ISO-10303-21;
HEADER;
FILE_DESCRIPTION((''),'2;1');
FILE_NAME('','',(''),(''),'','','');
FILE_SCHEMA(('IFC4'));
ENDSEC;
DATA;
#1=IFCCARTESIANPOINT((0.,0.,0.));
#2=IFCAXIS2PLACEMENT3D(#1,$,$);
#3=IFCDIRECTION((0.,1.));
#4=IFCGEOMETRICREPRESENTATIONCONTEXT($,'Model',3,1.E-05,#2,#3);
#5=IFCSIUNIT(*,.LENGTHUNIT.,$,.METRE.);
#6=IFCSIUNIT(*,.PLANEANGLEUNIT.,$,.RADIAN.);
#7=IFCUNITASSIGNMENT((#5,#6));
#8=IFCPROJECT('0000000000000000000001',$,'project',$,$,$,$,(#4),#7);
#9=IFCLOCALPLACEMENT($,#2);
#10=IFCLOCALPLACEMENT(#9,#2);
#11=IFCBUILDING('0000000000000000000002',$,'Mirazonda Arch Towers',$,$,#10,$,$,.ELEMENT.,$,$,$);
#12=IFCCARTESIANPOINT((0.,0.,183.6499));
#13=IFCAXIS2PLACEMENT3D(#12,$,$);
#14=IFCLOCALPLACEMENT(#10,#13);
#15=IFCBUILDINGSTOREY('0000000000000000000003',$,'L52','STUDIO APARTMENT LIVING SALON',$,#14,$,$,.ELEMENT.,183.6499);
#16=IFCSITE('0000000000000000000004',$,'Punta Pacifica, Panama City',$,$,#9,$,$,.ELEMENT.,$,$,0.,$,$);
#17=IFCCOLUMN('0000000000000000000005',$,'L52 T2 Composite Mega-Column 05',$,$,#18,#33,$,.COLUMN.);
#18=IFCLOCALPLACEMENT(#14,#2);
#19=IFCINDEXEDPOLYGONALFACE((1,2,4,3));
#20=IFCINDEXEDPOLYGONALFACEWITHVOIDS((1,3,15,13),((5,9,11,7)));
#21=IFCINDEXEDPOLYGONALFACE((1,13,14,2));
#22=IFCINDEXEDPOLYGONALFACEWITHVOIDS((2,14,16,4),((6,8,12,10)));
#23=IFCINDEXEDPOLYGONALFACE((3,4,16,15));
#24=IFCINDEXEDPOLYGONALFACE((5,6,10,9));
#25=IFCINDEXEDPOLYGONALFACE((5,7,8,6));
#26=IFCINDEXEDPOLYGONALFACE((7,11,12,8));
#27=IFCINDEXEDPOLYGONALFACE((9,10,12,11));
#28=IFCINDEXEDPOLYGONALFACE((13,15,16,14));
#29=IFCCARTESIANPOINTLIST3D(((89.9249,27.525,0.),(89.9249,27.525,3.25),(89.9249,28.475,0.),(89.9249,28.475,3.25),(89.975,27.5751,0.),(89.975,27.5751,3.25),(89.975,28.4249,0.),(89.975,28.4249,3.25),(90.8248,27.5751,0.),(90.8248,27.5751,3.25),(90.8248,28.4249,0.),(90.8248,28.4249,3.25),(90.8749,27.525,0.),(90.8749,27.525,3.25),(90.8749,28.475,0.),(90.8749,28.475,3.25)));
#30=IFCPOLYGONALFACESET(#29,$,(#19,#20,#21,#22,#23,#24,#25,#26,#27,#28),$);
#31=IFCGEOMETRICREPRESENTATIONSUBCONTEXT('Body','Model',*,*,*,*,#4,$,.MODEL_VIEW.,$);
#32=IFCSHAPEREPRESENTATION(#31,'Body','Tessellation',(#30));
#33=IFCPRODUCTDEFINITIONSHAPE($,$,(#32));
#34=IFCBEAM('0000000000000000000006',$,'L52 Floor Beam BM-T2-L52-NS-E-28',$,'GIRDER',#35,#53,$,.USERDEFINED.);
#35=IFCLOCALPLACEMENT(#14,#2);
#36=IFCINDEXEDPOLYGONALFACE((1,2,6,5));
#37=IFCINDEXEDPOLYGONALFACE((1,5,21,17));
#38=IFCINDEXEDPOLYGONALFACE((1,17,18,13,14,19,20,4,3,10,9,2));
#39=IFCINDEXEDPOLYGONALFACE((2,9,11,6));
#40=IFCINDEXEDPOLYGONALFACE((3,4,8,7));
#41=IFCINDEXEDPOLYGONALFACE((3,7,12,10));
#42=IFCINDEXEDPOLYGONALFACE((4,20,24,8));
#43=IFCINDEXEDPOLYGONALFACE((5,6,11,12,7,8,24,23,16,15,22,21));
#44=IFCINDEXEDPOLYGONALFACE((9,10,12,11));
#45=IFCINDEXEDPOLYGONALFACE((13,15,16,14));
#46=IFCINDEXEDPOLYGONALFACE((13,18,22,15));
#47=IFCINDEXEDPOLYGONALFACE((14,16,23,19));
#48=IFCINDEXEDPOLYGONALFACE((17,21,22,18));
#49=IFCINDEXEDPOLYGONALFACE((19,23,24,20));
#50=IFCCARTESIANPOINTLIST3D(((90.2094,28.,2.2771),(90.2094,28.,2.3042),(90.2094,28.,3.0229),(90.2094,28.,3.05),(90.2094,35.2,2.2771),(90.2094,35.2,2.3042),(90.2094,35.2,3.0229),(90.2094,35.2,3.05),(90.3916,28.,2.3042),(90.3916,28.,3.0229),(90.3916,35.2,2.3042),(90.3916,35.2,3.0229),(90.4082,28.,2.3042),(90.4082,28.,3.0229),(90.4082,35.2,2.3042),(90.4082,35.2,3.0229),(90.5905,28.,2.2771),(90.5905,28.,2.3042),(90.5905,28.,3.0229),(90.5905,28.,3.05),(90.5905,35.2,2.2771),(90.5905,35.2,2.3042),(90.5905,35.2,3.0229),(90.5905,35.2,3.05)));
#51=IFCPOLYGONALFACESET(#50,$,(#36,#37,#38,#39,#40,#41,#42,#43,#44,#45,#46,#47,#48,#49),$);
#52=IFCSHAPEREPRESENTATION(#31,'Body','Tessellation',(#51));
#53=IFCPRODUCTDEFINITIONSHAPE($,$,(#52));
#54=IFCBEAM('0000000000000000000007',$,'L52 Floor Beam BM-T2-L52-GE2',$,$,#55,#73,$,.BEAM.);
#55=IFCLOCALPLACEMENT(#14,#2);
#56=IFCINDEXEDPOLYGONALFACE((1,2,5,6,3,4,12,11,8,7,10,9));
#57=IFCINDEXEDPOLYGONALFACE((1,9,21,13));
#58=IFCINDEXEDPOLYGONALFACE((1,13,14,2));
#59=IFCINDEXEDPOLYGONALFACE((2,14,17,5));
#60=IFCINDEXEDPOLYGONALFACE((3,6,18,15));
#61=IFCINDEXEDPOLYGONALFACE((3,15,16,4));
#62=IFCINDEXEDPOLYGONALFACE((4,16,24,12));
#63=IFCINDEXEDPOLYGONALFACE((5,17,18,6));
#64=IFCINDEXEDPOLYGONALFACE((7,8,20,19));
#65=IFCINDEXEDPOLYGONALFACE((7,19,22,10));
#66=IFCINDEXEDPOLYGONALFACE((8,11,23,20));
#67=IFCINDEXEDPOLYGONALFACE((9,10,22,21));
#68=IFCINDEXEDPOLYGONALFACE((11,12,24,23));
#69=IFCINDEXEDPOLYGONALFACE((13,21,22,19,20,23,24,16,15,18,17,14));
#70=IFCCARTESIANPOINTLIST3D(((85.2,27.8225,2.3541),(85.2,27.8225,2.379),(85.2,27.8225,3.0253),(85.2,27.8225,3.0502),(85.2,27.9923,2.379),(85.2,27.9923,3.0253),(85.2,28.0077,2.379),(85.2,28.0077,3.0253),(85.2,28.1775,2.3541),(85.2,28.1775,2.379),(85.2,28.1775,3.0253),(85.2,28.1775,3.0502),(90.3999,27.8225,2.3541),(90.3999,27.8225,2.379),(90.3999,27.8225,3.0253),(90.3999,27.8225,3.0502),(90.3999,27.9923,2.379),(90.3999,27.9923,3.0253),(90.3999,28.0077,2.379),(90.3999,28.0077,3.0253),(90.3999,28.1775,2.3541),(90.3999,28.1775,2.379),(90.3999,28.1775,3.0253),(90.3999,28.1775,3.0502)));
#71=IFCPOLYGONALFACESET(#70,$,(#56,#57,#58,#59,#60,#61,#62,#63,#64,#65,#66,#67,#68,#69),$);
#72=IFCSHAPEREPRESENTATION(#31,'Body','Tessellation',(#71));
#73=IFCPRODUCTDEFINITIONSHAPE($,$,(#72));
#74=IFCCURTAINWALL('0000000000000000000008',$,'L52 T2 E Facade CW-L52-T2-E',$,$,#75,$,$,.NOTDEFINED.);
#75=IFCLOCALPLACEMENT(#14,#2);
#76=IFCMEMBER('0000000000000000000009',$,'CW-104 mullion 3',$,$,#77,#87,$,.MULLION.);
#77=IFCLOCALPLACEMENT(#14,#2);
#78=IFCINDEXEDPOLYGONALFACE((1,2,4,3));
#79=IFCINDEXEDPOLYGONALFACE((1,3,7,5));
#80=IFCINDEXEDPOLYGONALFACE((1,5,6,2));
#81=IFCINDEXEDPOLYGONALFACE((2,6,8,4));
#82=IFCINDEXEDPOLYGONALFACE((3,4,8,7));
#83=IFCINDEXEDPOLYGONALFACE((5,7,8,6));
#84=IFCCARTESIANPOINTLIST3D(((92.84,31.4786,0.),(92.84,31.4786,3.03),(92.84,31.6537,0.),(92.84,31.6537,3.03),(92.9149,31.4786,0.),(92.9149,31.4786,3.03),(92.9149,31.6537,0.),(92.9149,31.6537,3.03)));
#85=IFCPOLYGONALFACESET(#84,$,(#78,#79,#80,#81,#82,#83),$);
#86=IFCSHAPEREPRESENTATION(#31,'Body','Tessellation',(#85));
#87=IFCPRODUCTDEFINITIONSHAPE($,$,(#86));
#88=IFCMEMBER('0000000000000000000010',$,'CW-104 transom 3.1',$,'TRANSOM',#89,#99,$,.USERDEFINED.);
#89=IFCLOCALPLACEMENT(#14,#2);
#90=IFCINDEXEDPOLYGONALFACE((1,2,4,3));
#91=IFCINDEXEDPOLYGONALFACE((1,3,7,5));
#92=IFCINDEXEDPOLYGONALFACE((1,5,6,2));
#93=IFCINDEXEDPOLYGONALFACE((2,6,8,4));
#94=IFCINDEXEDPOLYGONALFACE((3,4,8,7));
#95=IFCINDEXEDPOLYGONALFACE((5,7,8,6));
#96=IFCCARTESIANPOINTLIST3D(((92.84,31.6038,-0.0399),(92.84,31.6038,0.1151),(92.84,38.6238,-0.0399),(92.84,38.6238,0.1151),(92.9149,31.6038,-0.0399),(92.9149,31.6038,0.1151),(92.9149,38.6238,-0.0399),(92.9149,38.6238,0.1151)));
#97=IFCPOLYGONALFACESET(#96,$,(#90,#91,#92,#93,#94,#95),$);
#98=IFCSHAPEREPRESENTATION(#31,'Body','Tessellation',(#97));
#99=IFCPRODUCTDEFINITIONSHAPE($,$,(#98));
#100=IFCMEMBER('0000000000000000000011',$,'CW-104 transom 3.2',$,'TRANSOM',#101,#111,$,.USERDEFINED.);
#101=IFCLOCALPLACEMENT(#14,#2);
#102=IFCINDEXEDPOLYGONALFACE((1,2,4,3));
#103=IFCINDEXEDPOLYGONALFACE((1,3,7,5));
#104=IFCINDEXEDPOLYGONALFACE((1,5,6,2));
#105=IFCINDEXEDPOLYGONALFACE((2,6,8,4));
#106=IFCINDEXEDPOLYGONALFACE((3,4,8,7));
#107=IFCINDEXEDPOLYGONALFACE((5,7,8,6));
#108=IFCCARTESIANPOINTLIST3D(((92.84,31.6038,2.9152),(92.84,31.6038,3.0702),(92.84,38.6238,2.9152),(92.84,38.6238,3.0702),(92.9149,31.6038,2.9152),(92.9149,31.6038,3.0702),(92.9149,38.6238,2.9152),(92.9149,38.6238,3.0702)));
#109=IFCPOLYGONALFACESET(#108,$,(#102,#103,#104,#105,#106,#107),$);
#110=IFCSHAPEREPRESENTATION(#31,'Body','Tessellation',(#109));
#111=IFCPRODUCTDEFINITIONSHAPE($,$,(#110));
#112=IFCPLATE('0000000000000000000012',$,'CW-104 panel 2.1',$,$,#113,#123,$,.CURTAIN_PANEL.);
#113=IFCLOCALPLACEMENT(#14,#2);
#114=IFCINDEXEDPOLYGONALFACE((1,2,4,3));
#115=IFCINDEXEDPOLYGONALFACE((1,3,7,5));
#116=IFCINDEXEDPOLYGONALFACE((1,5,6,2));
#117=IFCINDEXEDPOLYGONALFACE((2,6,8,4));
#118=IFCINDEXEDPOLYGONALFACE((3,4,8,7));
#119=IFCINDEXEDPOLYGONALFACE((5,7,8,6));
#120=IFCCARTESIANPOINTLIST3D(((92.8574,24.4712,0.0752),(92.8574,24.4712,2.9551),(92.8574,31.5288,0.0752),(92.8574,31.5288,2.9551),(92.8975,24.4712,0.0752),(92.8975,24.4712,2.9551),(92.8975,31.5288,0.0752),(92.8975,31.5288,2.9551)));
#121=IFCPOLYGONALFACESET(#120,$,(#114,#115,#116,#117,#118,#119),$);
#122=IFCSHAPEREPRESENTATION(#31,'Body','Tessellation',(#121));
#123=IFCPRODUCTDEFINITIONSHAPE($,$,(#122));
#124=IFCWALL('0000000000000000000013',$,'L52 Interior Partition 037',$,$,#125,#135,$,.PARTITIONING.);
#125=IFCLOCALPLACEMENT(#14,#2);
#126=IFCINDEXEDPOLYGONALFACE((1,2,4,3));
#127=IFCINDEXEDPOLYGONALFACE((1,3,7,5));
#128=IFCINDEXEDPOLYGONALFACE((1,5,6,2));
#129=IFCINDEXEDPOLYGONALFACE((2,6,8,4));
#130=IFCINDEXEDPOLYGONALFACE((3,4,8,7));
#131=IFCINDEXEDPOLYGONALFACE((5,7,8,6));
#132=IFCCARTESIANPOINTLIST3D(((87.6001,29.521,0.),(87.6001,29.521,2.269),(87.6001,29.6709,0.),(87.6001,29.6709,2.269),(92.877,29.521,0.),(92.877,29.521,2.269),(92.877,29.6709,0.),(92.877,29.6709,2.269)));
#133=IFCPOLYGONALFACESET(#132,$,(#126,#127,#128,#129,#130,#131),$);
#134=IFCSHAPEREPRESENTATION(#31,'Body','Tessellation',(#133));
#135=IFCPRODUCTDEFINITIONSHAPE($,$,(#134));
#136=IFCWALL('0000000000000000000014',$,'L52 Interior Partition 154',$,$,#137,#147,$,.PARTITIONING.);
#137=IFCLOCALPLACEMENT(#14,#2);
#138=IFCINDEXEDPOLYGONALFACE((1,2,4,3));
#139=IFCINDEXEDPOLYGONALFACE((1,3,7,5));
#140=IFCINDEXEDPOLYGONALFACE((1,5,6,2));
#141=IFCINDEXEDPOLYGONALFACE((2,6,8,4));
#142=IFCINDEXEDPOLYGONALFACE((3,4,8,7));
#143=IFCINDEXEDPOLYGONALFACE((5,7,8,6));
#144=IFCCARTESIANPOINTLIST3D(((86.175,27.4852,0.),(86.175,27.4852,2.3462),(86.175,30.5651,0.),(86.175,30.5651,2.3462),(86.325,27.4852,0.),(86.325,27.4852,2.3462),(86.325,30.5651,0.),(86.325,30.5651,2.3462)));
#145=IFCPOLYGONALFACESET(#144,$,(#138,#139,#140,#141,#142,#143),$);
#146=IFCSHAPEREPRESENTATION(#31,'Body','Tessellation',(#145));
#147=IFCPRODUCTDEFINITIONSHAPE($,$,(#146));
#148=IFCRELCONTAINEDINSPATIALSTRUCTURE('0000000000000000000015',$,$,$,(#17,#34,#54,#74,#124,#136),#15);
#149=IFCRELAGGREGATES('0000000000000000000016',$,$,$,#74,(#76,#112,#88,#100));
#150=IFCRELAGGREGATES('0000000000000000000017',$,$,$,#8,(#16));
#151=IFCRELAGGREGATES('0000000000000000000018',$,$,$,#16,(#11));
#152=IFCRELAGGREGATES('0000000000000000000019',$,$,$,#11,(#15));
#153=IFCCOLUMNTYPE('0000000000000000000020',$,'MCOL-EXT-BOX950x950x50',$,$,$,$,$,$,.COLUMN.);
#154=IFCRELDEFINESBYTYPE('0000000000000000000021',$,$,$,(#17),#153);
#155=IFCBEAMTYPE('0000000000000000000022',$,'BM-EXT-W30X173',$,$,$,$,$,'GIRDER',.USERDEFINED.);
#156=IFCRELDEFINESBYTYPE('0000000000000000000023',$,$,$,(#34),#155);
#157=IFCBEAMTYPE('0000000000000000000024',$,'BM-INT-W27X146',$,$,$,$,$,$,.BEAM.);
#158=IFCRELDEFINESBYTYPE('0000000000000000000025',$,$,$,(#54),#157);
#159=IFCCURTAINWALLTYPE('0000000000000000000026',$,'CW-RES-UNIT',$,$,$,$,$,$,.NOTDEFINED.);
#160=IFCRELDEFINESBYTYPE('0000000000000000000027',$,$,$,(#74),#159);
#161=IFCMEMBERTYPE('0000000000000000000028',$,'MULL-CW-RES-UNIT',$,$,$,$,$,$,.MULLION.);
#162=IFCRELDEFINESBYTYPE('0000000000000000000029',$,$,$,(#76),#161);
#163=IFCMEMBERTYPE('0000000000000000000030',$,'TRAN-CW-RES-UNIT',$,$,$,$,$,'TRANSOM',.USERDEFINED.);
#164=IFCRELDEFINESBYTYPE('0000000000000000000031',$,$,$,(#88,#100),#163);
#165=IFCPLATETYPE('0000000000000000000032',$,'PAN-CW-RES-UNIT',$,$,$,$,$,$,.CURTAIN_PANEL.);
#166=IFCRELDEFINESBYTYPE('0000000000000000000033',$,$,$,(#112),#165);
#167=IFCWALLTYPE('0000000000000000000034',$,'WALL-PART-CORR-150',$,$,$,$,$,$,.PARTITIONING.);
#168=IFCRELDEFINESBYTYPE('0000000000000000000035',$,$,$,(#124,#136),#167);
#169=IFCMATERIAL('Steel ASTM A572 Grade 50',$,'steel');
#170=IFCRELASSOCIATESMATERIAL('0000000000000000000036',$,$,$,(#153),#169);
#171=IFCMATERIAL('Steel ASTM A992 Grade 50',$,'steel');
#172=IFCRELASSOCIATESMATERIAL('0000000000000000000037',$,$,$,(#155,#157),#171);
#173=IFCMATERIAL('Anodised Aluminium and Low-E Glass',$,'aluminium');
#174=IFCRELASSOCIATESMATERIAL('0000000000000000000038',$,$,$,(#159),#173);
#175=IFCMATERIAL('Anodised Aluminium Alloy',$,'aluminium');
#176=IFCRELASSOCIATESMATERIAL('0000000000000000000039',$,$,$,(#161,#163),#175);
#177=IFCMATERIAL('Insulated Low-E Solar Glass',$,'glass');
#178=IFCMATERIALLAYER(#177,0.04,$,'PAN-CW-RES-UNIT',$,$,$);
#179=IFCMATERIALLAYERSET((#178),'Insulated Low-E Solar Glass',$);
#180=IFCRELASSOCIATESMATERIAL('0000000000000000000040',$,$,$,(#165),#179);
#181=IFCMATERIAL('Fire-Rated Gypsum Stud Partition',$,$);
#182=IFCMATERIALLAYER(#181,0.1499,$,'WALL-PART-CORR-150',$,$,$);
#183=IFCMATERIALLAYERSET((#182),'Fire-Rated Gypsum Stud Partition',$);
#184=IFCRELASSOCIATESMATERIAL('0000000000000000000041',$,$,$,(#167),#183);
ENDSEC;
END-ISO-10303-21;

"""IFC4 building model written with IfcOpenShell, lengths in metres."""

from ifc_helpers import new_model, si_unit, direction, frame, frame_2d, origin, origin_2d, place, context, subcontext, project, spatial, rectangle, hollow_rectangle, i_section, extrude, material, layer, layer_set, material_profile, profile_set, type_object, element, aggregate, save


model = new_model("IFC4")

# Units and contexts
model_context = context("Model", 3, precision=1e-05, world=origin(), true_north=direction((0.0, 1.0)))
body_context = subcontext(model_context, "Body", "Model", "MODEL_VIEW")
ifc_project = project(units=[si_unit("LENGTHUNIT", "METRE"), si_unit("PLANEANGLEUNIT", "RADIAN")], contexts=[model_context])

# Site, building, storey
site_placement = place(None, origin())
site = spatial("IfcSite", under=ifc_project, at=site_placement, Name="Punta Pacifica, Panama City", CompositionType="ELEMENT", RefElevation=0.0)
building_placement = place(site_placement, origin())
building = spatial("IfcBuilding", under=site, at=building_placement, Name="Mirazonda Arch Towers", CompositionType="ELEMENT")
storey_placement = place(building_placement, frame((0.0, 0.0, 183.6499)))
storey = spatial("IfcBuildingStorey", under=building, at=storey_placement, Name="L52", Description="STUDIO APARTMENT LIVING SALON", CompositionType="ELEMENT", Elevation=183.6499)

# Column
ifc_material_1 = material(Name="Steel ASTM A572 Grade 50", Category="steel")
ifc_material_profile_1 = material_profile(ifc_material_1, hollow_rectangle(XDim=0.95, YDim=0.95, WallThickness=0.05, at=origin_2d()), Name="BOX950x950x50")
ifc_profile_set_1 = profile_set([ifc_material_profile_1], Name="Steel ASTM A572 Grade 50")
column_type = type_object("IfcColumnType", Name="MCOL-EXT-BOX950x950x50", PredefinedType="COLUMN", material=ifc_profile_set_1)
column_placement = place(storey_placement, frame((90.3999, 28.0, 0.0), z_axis=(0.0, 0.0, 1.0), x_axis=(1.0, 0.0, 0.0)))
element("IfcColumn", 1, at=column_placement, inside=storey, type_object=column_type, Name="L52 T2 Composite Mega-Column 05", PredefinedType="COLUMN", context=body_context, shape_type="SweptSolid", body=[
    extrude(hollow_rectangle(XDim=0.95, YDim=0.95, WallThickness=0.05, at=origin_2d()), origin(), (0.0, 0.0, 1.0), 3.25),
])

# Beams
ifc_material_2 = material(Name="Steel ASTM A992 Grade 50", Category="steel")
ifc_material_profile_2 = material_profile(ifc_material_2, i_section(OverallWidth=0.3811, OverallDepth=0.7729, WebThickness=0.0166, FlangeThickness=0.0271, at=origin_2d()), Name="W30X173")
ifc_profile_set_2 = profile_set([ifc_material_profile_2], Name="Steel ASTM A992 Grade 50")
beam_type_1 = type_object("IfcBeamType", Name="BM-EXT-W30X173", ElementType="GIRDER", PredefinedType="USERDEFINED", material=ifc_profile_set_2)
beam_1_placement = place(storey_placement, frame((90.3999, 28.0, 2.6636), z_axis=(0.0, 1.0, 0.0), x_axis=(-1.0, 0.0, 0.0)))
element("IfcBeam", 2, at=beam_1_placement, inside=storey, type_object=beam_type_1, Name="L52 Floor Beam BM-T2-L52-NS-E-28", ObjectType="GIRDER", PredefinedType="USERDEFINED", context=body_context, shape_type="SweptSolid", body=[
    extrude(i_section(OverallWidth=0.3811, OverallDepth=0.7729, WebThickness=0.0166, FlangeThickness=0.0271, at=origin_2d()), origin(), (0.0, 0.0, 1.0), 7.2),
])
ifc_material_profile_3 = material_profile(ifc_material_2, i_section(OverallWidth=0.355, OverallDepth=0.696, WebThickness=0.0154, FlangeThickness=0.0249, at=origin_2d()), Name="W27X146")
ifc_profile_set_3 = profile_set([ifc_material_profile_3], Name="Steel ASTM A992 Grade 50")
beam_type_2 = type_object("IfcBeamType", Name="BM-INT-W27X146", PredefinedType="BEAM", material=ifc_profile_set_3)
beam_2_placement = place(storey_placement, frame((85.2, 28.0, 2.7021), z_axis=(1.0, 0.0, 0.0), x_axis=(0.0, 1.0, 0.0)))
element("IfcBeam", 3, at=beam_2_placement, inside=storey, type_object=beam_type_2, Name="L52 Floor Beam BM-T2-L52-GE2", PredefinedType="BEAM", context=body_context, shape_type="SweptSolid", body=[
    extrude(i_section(OverallWidth=0.355, OverallDepth=0.696, WebThickness=0.0154, FlangeThickness=0.0249, at=origin_2d()), origin(), (0.0, 0.0, 1.0), 5.2),
])

# Curtain wall, members, plate
ifc_material_3 = material(Name="Anodised Aluminium and Low-E Glass", Category="aluminium")
curtain_wall_type = type_object("IfcCurtainWallType", Name="CW-RES-UNIT", PredefinedType="NOTDEFINED", material=ifc_material_3)
curtain_wall_placement = place(storey_placement, origin())
curtain_wall = element("IfcCurtainWall", 4, at=curtain_wall_placement, inside=storey, type_object=curtain_wall_type, Name="L52 T2 E Facade CW-L52-T2-E", PredefinedType="NOTDEFINED")
ifc_material_4 = material(Name="Anodised Aluminium Alloy", Category="aluminium")
ifc_material_profile_4 = material_profile(ifc_material_4, rectangle(XDim=0.075, YDim=0.175, at=origin_2d()), Name="ALU-MULL-75x175")
ifc_profile_set_4 = profile_set([ifc_material_profile_4], Name="Anodised Aluminium Alloy")
member_type_1 = type_object("IfcMemberType", Name="MULL-CW-RES-UNIT", PredefinedType="MULLION", material=ifc_profile_set_4)
member_1_placement = place(storey_placement, frame((92.8774, 31.5662, 0.0), z_axis=(0.0, 0.0, 1.0), x_axis=(-1.0, 0.0, 0.0)))
member_1 = element("IfcMember", 5, at=member_1_placement, type_object=member_type_1, Name="CW-104 mullion 3", PredefinedType="MULLION", context=body_context, shape_type="SweptSolid", body=[
    extrude(rectangle(XDim=0.075, YDim=0.175, at=origin_2d()), origin(), (0.0, 0.0, 1.0), 3.03),
])
ifc_material_profile_5 = material_profile(ifc_material_4, rectangle(XDim=0.075, YDim=0.155, at=origin_2d()), Name="ALU-TRAN-75x155")
ifc_profile_set_5 = profile_set([ifc_material_profile_5], Name="Anodised Aluminium Alloy")
member_type_2 = type_object("IfcMemberType", Name="TRAN-CW-RES-UNIT", ElementType="TRANSOM", PredefinedType="USERDEFINED", material=ifc_profile_set_5)
member_2_placement = place(storey_placement, frame((92.8774, 31.6038, 0.0376), z_axis=(0.0, 1.0, 0.0), x_axis=(-1.0, 0.0, 0.0)))
member_2 = element("IfcMember", 6, at=member_2_placement, type_object=member_type_2, Name="CW-104 transom 3.1", ObjectType="TRANSOM", PredefinedType="USERDEFINED", context=body_context, shape_type="SweptSolid", body=[
    extrude(rectangle(XDim=0.075, YDim=0.155, at=origin_2d()), origin(), (0.0, 0.0, 1.0), 7.02),
])
member_3_placement = place(storey_placement, frame((92.8774, 31.6038, 2.9927), z_axis=(0.0, 1.0, 0.0), x_axis=(-1.0, 0.0, 0.0)))
member_3 = element("IfcMember", 7, at=member_3_placement, type_object=member_type_2, Name="CW-104 transom 3.2", ObjectType="TRANSOM", PredefinedType="USERDEFINED", context=body_context, shape_type="SweptSolid", body=[
    extrude(rectangle(XDim=0.075, YDim=0.155, at=origin_2d()), origin(), (0.0, 0.0, 1.0), 7.02),
])
ifc_material_5 = material(Name="Insulated Low-E Solar Glass", Category="glass")
ifc_layer_1 = layer(ifc_material_5, 0.04, Name="PAN-CW-RES-UNIT")
ifc_layer_set_1 = layer_set([ifc_layer_1], Name="Insulated Low-E Solar Glass")
plate_type = type_object("IfcPlateType", Name="PAN-CW-RES-UNIT", PredefinedType="CURTAIN_PANEL", material=ifc_layer_set_1)
plate_placement = place(storey_placement, frame((92.8774, 28.0, 0.0752), z_axis=(0.0, 0.0, 1.0), x_axis=(0.0, 1.0, 0.0)))
plate = element("IfcPlate", 8, at=plate_placement, type_object=plate_type, Name="CW-104 panel 2.1", PredefinedType="CURTAIN_PANEL", context=body_context, shape_type="SweptSolid", body=[
    extrude(rectangle(XDim=7.0576, YDim=0.04, at=origin_2d()), origin(), (0.0, 0.0, 1.0), 2.8799),
])
aggregate(curtain_wall, [member_1, plate, member_2, member_3])

# Shared definitions
ifc_material_6 = material(Name="Fire-Rated Gypsum Stud Partition")
ifc_layer_2 = layer(ifc_material_6, 0.1499, Name="WALL-PART-CORR-150")
ifc_layer_set_2 = layer_set([ifc_layer_2], Name="Fire-Rated Gypsum Stud Partition")
wall_type_1 = type_object("IfcWallType", Name="WALL-PART-CORR-150", PredefinedType="PARTITIONING", material=ifc_layer_set_2)

# Wall
wall_1_placement = place(storey_placement, frame((87.6001, 29.5959, 0.0), z_axis=(0.0, 0.0, 1.0), x_axis=(1.0, 0.0, 0.0)))
element("IfcWall", 9, at=wall_1_placement, inside=storey, type_object=wall_type_1, Name="L52 Interior Partition 037", PredefinedType="PARTITIONING", context=body_context, shape_type="SweptSolid", body=[
    extrude(rectangle(XDim=5.2769, YDim=0.1499, at=frame_2d((2.6384, 0.0))), origin(), (0.0, 0.0, 1.0), 2.269),
])

# Wall
wall_2_placement = place(storey_placement, frame((86.25, 27.4851, 0.0), z_axis=(0.0, 0.0, 1.0), x_axis=(0.0, 1.0, 0.0)))
element("IfcWall", 10, at=wall_2_placement, inside=storey, type_object=wall_type_1, Name="L52 Interior Partition 154", PredefinedType="PARTITIONING", context=body_context, shape_type="SweptSolid", body=[
    extrude(rectangle(XDim=3.0798, YDim=0.1499, at=frame_2d((1.54, 0.0))), origin(), (0.0, 0.0, 1.0), 2.3462),
])

save(model, "model.ifc")
